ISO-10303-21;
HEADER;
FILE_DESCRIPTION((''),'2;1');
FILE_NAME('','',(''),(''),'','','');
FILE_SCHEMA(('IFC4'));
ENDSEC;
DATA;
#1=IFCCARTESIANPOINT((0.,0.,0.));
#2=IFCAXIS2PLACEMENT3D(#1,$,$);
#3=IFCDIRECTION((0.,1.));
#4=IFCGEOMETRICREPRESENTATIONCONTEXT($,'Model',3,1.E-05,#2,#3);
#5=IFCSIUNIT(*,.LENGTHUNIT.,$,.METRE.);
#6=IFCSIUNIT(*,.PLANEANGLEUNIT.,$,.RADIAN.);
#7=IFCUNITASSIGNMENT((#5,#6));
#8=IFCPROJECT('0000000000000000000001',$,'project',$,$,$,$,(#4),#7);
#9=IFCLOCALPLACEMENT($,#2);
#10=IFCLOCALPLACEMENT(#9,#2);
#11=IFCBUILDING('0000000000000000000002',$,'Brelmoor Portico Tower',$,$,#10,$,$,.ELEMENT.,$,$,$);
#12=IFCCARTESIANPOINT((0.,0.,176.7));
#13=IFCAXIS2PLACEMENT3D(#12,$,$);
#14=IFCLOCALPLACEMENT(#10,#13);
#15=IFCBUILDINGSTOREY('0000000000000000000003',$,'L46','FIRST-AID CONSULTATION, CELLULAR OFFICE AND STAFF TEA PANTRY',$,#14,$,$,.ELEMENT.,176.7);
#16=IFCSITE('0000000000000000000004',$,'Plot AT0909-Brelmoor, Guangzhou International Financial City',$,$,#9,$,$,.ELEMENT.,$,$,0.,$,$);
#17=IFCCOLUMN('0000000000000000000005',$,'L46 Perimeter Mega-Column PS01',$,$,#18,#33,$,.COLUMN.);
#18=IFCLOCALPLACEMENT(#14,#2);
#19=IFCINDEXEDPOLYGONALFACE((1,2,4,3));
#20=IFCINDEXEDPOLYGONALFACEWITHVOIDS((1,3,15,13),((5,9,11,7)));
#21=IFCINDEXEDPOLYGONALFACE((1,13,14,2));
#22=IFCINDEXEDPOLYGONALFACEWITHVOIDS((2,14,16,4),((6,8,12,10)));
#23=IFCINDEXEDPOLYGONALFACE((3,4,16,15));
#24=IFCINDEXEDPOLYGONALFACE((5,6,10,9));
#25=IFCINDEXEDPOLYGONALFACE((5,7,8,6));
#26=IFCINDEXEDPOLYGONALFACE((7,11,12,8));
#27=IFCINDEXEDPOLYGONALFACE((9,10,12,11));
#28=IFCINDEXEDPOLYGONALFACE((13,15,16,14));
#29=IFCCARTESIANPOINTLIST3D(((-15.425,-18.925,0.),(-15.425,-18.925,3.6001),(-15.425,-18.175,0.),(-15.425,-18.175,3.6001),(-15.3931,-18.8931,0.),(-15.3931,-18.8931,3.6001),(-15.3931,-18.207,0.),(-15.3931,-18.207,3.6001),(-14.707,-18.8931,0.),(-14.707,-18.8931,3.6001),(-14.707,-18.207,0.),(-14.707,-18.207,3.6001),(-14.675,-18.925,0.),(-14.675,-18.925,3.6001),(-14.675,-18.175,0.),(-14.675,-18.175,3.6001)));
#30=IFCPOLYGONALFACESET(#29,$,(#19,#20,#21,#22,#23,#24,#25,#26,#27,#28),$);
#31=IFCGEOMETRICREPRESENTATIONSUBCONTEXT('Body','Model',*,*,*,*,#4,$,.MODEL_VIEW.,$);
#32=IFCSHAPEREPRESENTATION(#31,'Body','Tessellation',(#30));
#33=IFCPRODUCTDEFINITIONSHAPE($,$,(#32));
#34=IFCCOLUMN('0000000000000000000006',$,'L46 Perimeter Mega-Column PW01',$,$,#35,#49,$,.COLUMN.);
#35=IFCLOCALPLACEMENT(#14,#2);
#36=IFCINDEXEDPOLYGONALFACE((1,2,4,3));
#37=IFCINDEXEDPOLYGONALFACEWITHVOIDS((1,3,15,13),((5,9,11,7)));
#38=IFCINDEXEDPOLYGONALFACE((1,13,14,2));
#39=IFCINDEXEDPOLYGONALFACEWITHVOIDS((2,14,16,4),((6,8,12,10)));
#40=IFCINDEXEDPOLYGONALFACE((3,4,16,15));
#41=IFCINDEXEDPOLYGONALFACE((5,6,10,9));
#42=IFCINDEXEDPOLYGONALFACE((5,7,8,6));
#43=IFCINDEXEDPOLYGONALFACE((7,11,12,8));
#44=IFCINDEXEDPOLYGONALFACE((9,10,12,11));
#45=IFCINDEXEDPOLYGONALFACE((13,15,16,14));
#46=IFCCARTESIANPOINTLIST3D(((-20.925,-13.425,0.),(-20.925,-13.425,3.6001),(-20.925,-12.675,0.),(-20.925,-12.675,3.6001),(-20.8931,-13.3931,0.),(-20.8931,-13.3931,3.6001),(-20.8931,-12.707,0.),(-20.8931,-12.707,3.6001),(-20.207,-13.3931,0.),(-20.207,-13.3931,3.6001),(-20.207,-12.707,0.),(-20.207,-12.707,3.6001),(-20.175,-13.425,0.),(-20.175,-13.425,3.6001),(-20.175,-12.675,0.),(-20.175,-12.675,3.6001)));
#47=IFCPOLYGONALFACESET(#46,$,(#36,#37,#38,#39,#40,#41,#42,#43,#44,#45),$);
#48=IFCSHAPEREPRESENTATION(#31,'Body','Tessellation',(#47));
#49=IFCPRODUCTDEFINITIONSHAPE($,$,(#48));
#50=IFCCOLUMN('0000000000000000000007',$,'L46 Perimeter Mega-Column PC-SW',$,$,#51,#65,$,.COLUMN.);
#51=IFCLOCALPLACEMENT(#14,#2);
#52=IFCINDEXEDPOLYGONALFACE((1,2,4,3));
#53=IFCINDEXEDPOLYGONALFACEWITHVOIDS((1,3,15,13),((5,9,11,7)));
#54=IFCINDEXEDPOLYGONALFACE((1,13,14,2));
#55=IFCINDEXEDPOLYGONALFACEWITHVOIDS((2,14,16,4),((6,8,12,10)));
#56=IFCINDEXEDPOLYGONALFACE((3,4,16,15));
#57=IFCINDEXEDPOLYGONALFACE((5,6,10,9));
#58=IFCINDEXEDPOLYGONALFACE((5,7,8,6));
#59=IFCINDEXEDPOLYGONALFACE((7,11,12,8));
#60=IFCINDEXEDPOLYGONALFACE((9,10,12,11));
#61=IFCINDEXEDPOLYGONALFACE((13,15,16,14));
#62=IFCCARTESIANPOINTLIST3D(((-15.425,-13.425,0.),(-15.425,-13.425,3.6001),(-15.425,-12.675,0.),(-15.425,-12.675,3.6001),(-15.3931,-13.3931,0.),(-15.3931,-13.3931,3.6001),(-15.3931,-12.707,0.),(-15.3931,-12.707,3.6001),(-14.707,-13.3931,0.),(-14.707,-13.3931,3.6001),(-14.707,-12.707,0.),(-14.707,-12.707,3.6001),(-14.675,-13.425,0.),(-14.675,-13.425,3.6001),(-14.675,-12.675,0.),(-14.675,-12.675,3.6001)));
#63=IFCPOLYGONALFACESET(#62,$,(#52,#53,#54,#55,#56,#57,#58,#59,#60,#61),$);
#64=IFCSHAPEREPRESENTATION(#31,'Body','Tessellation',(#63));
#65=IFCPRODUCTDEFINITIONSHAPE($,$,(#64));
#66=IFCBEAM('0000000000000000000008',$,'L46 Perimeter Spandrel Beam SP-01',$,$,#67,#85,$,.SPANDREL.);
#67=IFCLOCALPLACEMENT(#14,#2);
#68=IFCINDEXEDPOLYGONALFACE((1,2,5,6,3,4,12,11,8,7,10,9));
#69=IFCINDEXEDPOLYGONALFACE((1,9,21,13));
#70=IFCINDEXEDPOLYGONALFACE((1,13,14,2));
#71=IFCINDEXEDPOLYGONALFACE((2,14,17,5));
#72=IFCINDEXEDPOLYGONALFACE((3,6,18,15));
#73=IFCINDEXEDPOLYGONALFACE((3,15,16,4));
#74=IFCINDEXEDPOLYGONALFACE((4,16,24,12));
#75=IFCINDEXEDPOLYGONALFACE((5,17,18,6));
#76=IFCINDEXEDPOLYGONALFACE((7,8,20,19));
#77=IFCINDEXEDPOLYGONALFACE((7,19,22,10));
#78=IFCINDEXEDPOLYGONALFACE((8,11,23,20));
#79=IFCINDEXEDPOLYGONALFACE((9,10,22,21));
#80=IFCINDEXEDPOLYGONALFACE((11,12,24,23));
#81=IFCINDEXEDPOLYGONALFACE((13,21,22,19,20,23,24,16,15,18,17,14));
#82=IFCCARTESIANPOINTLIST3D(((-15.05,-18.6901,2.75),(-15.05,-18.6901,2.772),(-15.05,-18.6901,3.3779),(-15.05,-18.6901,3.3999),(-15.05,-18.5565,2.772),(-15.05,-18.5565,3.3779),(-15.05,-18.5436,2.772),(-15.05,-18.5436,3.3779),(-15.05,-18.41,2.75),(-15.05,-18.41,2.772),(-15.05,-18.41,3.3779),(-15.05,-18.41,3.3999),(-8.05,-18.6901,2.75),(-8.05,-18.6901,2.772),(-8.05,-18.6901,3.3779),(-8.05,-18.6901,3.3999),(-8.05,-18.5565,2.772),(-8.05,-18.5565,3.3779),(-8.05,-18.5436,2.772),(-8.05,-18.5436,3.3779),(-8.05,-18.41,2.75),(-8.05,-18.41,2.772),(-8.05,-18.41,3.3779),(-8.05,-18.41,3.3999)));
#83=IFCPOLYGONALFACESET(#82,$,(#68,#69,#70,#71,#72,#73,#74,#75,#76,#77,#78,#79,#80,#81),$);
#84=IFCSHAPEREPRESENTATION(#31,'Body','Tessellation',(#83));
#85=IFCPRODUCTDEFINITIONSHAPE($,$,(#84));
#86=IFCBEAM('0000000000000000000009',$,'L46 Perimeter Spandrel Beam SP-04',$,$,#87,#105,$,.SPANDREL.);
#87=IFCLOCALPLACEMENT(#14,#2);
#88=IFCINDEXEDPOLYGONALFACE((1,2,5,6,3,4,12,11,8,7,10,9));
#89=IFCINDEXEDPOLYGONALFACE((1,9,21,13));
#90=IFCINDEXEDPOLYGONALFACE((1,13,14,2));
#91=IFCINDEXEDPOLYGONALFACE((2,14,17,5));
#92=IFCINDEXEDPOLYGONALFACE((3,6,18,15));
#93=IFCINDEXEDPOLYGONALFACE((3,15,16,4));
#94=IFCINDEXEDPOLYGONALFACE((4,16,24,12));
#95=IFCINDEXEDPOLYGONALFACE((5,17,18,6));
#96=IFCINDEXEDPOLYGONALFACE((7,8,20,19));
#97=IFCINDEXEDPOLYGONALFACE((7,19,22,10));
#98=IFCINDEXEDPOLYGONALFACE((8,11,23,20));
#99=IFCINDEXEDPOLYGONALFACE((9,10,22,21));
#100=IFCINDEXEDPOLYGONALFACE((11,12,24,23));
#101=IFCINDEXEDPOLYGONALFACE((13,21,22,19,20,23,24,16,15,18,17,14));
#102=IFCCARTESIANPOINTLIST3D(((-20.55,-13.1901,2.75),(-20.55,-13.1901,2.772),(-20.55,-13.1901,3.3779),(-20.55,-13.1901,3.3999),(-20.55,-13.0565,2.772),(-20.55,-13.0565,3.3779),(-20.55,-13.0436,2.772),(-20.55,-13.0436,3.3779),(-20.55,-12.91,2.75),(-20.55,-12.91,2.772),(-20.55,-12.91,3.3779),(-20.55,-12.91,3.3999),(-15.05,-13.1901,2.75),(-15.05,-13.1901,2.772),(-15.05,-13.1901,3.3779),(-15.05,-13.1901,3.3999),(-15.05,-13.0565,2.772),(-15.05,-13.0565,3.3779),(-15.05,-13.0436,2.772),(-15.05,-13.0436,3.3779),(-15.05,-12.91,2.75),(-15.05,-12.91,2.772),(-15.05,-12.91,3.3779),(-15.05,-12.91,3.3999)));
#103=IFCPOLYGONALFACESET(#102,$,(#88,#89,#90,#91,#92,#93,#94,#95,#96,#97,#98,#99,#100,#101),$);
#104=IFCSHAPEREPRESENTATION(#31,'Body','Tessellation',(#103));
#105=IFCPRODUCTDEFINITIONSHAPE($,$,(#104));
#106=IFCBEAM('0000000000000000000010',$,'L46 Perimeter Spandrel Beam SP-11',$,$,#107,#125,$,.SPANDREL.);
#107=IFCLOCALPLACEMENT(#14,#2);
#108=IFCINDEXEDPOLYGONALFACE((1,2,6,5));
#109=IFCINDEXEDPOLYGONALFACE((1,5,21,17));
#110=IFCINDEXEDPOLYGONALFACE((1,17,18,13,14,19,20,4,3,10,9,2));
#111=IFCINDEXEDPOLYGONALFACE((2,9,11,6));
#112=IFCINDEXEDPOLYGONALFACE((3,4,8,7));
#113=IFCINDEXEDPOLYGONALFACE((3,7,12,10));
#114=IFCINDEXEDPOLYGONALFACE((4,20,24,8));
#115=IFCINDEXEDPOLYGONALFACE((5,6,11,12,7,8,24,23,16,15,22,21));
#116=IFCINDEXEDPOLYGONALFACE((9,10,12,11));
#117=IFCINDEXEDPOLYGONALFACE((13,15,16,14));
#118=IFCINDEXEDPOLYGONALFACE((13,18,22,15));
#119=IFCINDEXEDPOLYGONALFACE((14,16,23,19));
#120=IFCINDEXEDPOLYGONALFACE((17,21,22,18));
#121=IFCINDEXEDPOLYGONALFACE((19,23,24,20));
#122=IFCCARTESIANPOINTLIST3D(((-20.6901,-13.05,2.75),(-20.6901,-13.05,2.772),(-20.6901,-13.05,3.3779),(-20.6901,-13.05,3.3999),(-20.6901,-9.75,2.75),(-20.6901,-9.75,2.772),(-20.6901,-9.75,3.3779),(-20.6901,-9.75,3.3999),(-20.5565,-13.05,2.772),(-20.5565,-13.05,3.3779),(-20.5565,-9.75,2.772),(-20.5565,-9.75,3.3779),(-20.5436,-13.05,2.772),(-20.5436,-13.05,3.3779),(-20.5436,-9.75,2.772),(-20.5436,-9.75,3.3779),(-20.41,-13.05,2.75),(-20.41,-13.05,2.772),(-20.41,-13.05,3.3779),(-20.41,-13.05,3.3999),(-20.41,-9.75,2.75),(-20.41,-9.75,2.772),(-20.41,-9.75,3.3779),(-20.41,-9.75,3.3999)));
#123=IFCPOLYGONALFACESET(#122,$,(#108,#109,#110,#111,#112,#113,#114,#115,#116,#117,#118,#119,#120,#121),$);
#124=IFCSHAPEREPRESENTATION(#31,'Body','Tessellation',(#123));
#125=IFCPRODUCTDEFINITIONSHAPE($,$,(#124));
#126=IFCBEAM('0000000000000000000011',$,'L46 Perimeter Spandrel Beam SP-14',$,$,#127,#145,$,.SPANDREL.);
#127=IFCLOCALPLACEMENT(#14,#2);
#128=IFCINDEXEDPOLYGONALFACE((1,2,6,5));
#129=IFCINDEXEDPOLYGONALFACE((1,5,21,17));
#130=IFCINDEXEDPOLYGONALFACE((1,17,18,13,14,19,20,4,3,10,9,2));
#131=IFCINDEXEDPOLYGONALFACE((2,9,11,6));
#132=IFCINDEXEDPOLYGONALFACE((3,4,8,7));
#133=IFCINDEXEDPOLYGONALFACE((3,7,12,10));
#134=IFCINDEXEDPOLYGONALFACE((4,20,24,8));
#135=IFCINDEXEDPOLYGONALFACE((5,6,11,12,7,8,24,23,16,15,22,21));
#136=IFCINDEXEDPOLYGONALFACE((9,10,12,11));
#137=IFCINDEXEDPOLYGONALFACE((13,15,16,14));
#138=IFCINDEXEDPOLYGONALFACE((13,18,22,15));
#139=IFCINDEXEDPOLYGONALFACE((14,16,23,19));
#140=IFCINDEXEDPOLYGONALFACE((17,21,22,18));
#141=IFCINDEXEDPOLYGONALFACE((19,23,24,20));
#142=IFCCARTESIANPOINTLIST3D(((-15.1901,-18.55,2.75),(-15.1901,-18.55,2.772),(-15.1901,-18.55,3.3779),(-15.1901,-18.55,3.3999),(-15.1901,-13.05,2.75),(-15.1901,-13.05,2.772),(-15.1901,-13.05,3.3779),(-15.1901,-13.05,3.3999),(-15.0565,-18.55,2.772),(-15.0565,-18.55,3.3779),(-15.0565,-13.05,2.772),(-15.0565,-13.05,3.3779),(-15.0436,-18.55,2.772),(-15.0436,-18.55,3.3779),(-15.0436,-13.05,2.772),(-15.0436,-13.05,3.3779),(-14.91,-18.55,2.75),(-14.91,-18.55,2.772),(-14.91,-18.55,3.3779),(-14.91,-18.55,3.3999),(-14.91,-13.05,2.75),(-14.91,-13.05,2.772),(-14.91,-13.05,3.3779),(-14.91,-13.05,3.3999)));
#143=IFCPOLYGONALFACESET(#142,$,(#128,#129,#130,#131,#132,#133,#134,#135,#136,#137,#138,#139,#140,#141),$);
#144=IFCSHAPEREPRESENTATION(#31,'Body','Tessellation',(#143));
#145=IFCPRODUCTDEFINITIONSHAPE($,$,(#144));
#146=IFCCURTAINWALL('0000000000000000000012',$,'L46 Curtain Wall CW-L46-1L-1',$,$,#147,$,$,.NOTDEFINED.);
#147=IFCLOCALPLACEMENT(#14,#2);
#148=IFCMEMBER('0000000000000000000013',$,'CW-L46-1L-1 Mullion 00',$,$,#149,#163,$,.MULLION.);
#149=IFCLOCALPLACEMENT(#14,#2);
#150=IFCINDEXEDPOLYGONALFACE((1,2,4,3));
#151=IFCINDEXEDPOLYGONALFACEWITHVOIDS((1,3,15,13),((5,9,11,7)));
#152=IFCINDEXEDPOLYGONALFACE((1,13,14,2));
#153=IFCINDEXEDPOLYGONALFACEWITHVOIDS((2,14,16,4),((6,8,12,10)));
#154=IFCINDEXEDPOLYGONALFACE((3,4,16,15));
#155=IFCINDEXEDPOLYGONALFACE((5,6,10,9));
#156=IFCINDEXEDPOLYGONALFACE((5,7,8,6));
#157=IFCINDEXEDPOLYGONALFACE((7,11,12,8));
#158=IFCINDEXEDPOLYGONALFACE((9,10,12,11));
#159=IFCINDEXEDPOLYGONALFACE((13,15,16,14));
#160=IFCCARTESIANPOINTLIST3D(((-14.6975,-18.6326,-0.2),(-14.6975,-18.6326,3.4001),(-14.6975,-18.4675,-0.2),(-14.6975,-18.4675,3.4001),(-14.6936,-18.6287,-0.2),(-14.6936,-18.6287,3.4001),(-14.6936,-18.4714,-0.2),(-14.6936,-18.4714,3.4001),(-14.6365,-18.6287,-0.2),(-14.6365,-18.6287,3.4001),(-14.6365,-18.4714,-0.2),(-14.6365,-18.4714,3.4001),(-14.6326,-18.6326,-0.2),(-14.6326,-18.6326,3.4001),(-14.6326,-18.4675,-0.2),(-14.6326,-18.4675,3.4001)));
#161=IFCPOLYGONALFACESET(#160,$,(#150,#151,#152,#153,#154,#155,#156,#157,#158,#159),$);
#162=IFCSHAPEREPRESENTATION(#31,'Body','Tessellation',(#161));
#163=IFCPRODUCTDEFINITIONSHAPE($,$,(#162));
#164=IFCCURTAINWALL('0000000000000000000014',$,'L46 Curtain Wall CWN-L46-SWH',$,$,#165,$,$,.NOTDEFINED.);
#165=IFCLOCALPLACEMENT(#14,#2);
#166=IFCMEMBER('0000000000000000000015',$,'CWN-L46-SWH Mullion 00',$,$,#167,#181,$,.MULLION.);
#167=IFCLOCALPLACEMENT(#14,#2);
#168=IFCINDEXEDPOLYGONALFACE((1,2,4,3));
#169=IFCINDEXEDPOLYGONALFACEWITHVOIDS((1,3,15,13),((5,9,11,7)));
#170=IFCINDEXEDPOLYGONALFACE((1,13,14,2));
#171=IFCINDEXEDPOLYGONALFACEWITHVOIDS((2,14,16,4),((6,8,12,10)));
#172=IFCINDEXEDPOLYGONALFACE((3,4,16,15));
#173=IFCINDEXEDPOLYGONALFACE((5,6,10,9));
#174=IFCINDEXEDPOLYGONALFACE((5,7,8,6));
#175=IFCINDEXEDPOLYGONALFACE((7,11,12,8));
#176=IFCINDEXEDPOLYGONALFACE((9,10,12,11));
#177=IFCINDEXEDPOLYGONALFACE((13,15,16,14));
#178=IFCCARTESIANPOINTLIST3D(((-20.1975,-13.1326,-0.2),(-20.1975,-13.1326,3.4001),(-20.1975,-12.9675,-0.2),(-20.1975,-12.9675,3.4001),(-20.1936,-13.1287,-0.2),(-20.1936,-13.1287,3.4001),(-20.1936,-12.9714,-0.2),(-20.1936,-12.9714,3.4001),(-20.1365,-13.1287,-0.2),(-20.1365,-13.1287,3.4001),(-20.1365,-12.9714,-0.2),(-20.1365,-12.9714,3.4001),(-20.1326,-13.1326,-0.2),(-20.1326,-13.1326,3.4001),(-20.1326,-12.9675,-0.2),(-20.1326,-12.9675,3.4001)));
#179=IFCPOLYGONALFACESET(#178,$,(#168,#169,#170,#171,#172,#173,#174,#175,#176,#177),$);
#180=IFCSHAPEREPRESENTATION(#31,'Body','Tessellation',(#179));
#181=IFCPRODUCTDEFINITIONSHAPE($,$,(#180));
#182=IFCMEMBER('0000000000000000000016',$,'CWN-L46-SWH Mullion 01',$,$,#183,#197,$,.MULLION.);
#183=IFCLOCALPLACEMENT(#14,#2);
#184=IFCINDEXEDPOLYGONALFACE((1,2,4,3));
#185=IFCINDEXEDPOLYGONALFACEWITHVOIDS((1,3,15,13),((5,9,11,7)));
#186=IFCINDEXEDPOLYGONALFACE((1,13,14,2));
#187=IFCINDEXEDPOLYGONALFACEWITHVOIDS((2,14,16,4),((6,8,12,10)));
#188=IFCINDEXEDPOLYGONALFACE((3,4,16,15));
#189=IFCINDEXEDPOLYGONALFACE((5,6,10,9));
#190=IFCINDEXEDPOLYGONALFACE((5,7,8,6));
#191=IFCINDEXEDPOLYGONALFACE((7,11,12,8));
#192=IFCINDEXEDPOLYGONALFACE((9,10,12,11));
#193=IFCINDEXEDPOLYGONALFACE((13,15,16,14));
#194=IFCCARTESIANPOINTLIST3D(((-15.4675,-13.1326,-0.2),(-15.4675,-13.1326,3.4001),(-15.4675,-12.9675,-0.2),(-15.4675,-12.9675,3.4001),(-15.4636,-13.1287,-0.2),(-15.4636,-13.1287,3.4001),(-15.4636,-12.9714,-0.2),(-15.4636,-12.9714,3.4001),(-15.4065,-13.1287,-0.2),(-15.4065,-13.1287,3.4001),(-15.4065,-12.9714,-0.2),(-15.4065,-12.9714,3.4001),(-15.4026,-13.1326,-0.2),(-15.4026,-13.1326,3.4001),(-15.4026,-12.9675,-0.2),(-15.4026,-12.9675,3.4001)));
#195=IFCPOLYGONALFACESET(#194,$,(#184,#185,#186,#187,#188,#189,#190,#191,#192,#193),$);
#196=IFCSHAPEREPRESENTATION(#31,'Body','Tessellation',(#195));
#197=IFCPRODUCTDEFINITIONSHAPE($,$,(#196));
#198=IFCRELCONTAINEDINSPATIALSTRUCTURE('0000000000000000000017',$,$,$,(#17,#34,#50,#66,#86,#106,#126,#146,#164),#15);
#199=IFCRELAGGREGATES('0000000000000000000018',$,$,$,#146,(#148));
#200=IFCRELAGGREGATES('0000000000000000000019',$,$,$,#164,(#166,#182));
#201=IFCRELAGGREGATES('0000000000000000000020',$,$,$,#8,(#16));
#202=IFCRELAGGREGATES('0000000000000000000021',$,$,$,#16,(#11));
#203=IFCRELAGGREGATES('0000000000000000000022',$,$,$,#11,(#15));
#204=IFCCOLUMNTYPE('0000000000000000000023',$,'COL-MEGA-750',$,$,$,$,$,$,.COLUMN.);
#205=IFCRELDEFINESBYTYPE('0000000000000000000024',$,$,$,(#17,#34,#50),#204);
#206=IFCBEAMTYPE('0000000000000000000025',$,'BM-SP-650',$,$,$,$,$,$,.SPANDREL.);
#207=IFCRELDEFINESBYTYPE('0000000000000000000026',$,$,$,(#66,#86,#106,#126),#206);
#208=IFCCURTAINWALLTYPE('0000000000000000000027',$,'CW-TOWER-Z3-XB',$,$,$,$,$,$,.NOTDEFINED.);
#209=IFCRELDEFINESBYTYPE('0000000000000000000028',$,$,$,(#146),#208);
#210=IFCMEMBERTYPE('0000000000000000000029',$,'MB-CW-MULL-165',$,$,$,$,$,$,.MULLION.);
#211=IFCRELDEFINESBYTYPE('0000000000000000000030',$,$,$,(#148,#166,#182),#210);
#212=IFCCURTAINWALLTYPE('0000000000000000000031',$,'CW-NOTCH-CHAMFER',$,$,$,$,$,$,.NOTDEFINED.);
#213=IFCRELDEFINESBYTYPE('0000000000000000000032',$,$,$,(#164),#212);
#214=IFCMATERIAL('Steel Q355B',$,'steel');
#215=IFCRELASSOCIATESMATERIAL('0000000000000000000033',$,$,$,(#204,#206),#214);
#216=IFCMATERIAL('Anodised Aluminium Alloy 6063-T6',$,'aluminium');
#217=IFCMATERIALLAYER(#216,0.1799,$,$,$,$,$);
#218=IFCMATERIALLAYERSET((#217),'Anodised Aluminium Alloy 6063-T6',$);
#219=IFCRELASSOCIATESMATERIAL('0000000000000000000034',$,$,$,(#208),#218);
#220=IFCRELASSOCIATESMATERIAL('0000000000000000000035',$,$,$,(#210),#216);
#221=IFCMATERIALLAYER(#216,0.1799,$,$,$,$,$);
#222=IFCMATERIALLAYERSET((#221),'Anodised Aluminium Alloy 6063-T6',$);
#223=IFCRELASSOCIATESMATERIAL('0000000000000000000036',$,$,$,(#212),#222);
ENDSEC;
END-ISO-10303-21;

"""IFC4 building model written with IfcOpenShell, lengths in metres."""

from ifc_helpers import new_model, si_unit, direction, frame, origin, origin_2d, place, context, subcontext, project, spatial, hollow_rectangle, i_section, extrude, material, layer, layer_set, material_profile, profile_set, type_object, element, aggregate, save


model = new_model("IFC4")

# Units and contexts
model_context = context("Model", 3, precision=1e-05, world=origin(), true_north=direction((0.0, 1.0)))
body_context = subcontext(model_context, "Body", "Model", "MODEL_VIEW")
ifc_project = project(units=[si_unit("LENGTHUNIT", "METRE"), si_unit("PLANEANGLEUNIT", "RADIAN")], contexts=[model_context])

# Site, building, storey
site_placement = place(None, origin())
site = spatial("IfcSite", under=ifc_project, at=site_placement, Name="Plot AT0909-Brelmoor, Guangzhou International Financial City", CompositionType="ELEMENT", RefElevation=0.0)
building_placement = place(site_placement, origin())
building = spatial("IfcBuilding", under=site, at=building_placement, Name="Brelmoor Portico Tower", CompositionType="ELEMENT")
storey_placement = place(building_placement, frame((0.0, 0.0, 176.7)))
storey = spatial("IfcBuildingStorey", under=building, at=storey_placement, Name="L46", Description="FIRST-AID CONSULTATION, CELLULAR OFFICE AND STAFF TEA PANTRY", CompositionType="ELEMENT", Elevation=176.7)

# Columns
ifc_material_1 = material(Name="Steel Q355B", Category="steel")
ifc_material_profile_1 = material_profile(ifc_material_1, hollow_rectangle(XDim=0.75, YDim=0.75, WallThickness=0.032, at=origin_2d()), Name="BOX 750x750x32")
ifc_profile_set_1 = profile_set([ifc_material_profile_1], Name="Steel Q355B")
column_type = type_object("IfcColumnType", Name="COL-MEGA-750", PredefinedType="COLUMN", material=ifc_profile_set_1)
for number, where, z_axis, x_axis, name in (
    (1, (-15.05, -18.55, 0.0), (0.0, 0.0, 1.0), (1.0, 0.0, 0.0), "L46 Perimeter Mega-Column PS01"),
    (2, (-20.55, -13.05, 0.0), (0.0, 0.0, 1.0), (0.0, 1.0, 0.0), "L46 Perimeter Mega-Column PW01"),
    (3, (-15.05, -13.05, 0.0), (0.0, 0.0, 1.0), (1.0, 0.0, 0.0), "L46 Perimeter Mega-Column PC-SW"),
):
    element("IfcColumn", number, at=place(storey_placement, frame(where, z_axis=z_axis, x_axis=x_axis)), inside=storey, type_object=column_type, Name=name, PredefinedType="COLUMN", context=body_context, shape_type="SweptSolid", body=[
        extrude(hollow_rectangle(XDim=0.75, YDim=0.75, WallThickness=0.032, at=origin_2d()), origin(), (0.0, 0.0, 1.0), 3.6001),
    ])

# Beams
ifc_material_profile_2 = material_profile(ifc_material_1, i_section(OverallWidth=0.28, OverallDepth=0.6499, WebThickness=0.0129, FlangeThickness=0.022, at=origin_2d()), Name="HN 650x280x13x22")
ifc_profile_set_2 = profile_set([ifc_material_profile_2], Name="Steel Q355B")
beam_type = type_object("IfcBeamType", Name="BM-SP-650", PredefinedType="SPANDREL", material=ifc_profile_set_2)
beam_1_placement = place(storey_placement, frame((-15.05, -18.55, 3.075), z_axis=(1.0, 0.0, 0.0), x_axis=(0.0, 1.0, 0.0)))
element("IfcBeam", 4, at=beam_1_placement, inside=storey, type_object=beam_type, Name="L46 Perimeter Spandrel Beam SP-01", PredefinedType="SPANDREL", context=body_context, shape_type="SweptSolid", body=[
    extrude(i_section(OverallWidth=0.28, OverallDepth=0.6499, WebThickness=0.0129, FlangeThickness=0.022, at=origin_2d()), origin(), (0.0, 0.0, 1.0), 7.0),
])
beam_2_placement = place(storey_placement, frame((-20.55, -13.05, 3.075), z_axis=(1.0, 0.0, 0.0), x_axis=(0.0, 1.0, 0.0)))
element("IfcBeam", 5, at=beam_2_placement, inside=storey, type_object=beam_type, Name="L46 Perimeter Spandrel Beam SP-04", PredefinedType="SPANDREL", context=body_context, shape_type="SweptSolid", body=[
    extrude(i_section(OverallWidth=0.28, OverallDepth=0.6499, WebThickness=0.0129, FlangeThickness=0.022, at=origin_2d()), origin(), (0.0, 0.0, 1.0), 5.5),
])
beam_3_placement = place(storey_placement, frame((-20.55, -13.05, 3.075), z_axis=(0.0, 1.0, 0.0), x_axis=(-1.0, 0.0, 0.0)))
element("IfcBeam", 6, at=beam_3_placement, inside=storey, type_object=beam_type, Name="L46 Perimeter Spandrel Beam SP-11", PredefinedType="SPANDREL", context=body_context, shape_type="SweptSolid", body=[
    extrude(i_section(OverallWidth=0.28, OverallDepth=0.6499, WebThickness=0.0129, FlangeThickness=0.022, at=origin_2d()), origin(), (0.0, 0.0, 1.0), 3.3),
])
beam_4_placement = place(storey_placement, frame((-15.05, -18.55, 3.075), z_axis=(0.0, 1.0, 0.0), x_axis=(-1.0, 0.0, 0.0)))
element("IfcBeam", 7, at=beam_4_placement, inside=storey, type_object=beam_type, Name="L46 Perimeter Spandrel Beam SP-14", PredefinedType="SPANDREL", context=body_context, shape_type="SweptSolid", body=[
    extrude(i_section(OverallWidth=0.28, OverallDepth=0.6499, WebThickness=0.0129, FlangeThickness=0.022, at=origin_2d()), origin(), (0.0, 0.0, 1.0), 5.5),
])

# Curtain wall, member
ifc_material_2 = material(Name="Anodised Aluminium Alloy 6063-T6", Category="aluminium")
ifc_layer_1 = layer(ifc_material_2, 0.1799)
ifc_layer_set_1 = layer_set([ifc_layer_1], Name="Anodised Aluminium Alloy 6063-T6")
curtain_wall_type_1 = type_object("IfcCurtainWallType", Name="CW-TOWER-Z3-XB", PredefinedType="NOTDEFINED", material=ifc_layer_set_1)
curtain_wall_1_placement = place(storey_placement, origin())
curtain_wall_1 = element("IfcCurtainWall", 8, at=curtain_wall_1_placement, inside=storey, type_object=curtain_wall_type_1, Name="L46 Curtain Wall CW-L46-1L-1", PredefinedType="NOTDEFINED")
ifc_material_profile_3 = material_profile(ifc_material_2, hollow_rectangle(XDim=0.0649, YDim=0.165, WallThickness=0.0039, at=origin_2d()), Name="ALU MULLION 65x165")
ifc_profile_set_3 = profile_set([ifc_material_profile_3], Name="Anodised Aluminium Alloy 6063-T6")
member_type_1 = type_object("IfcMemberType", Name="MB-CW-MULL-165", PredefinedType="MULLION", material=ifc_profile_set_3)
member_1_placement = place(storey_placement, frame((-14.665, -18.55, -0.2), z_axis=(0.0, 0.0, 1.0), x_axis=(1.0, 0.0, 0.0)))
member_1 = element("IfcMember", 9, at=member_1_placement, type_object=member_type_1, Name="CW-L46-1L-1 Mullion 00", PredefinedType="MULLION", context=body_context, shape_type="SweptSolid", body=[
    extrude(hollow_rectangle(XDim=0.0649, YDim=0.165, WallThickness=0.0039, at=origin_2d()), origin(), (0.0, 0.0, 1.0), 3.6001),
])

# Curtain wall, members
ifc_layer_2 = layer(ifc_material_2, 0.1799)
ifc_layer_set_2 = layer_set([ifc_layer_2], Name="Anodised Aluminium Alloy 6063-T6")
curtain_wall_type_2 = type_object("IfcCurtainWallType", Name="CW-NOTCH-CHAMFER", PredefinedType="NOTDEFINED", material=ifc_layer_set_2)
curtain_wall_2_placement = place(storey_placement, origin())
curtain_wall_2 = element("IfcCurtainWall", 10, at=curtain_wall_2_placement, inside=storey, type_object=curtain_wall_type_2, Name="L46 Curtain Wall CWN-L46-SWH", PredefinedType="NOTDEFINED")
member_2_placement = place(storey_placement, frame((-20.165, -13.05, -0.2), z_axis=(0.0, 0.0, 1.0), x_axis=(1.0, 0.0, 0.0)))
member_2 = element("IfcMember", 11, at=member_2_placement, type_object=member_type_1, Name="CWN-L46-SWH Mullion 00", PredefinedType="MULLION", context=body_context, shape_type="SweptSolid", body=[
    extrude(hollow_rectangle(XDim=0.0649, YDim=0.165, WallThickness=0.0039, at=origin_2d()), origin(), (0.0, 0.0, 1.0), 3.6001),
])
member_3_placement = place(storey_placement, frame((-15.4351, -13.05, -0.2), z_axis=(0.0, 0.0, 1.0), x_axis=(1.0, 0.0, 0.0)))
member_3 = element("IfcMember", 12, at=member_3_placement, type_object=member_type_1, Name="CWN-L46-SWH Mullion 01", PredefinedType="MULLION", context=body_context, shape_type="SweptSolid", body=[
    extrude(hollow_rectangle(XDim=0.0649, YDim=0.165, WallThickness=0.0039, at=origin_2d()), origin(), (0.0, 0.0, 1.0), 3.6001),
])

aggregate(curtain_wall_1, [member_1])

aggregate(curtain_wall_2, [member_2, member_3])

save(model, "model.ifc")
